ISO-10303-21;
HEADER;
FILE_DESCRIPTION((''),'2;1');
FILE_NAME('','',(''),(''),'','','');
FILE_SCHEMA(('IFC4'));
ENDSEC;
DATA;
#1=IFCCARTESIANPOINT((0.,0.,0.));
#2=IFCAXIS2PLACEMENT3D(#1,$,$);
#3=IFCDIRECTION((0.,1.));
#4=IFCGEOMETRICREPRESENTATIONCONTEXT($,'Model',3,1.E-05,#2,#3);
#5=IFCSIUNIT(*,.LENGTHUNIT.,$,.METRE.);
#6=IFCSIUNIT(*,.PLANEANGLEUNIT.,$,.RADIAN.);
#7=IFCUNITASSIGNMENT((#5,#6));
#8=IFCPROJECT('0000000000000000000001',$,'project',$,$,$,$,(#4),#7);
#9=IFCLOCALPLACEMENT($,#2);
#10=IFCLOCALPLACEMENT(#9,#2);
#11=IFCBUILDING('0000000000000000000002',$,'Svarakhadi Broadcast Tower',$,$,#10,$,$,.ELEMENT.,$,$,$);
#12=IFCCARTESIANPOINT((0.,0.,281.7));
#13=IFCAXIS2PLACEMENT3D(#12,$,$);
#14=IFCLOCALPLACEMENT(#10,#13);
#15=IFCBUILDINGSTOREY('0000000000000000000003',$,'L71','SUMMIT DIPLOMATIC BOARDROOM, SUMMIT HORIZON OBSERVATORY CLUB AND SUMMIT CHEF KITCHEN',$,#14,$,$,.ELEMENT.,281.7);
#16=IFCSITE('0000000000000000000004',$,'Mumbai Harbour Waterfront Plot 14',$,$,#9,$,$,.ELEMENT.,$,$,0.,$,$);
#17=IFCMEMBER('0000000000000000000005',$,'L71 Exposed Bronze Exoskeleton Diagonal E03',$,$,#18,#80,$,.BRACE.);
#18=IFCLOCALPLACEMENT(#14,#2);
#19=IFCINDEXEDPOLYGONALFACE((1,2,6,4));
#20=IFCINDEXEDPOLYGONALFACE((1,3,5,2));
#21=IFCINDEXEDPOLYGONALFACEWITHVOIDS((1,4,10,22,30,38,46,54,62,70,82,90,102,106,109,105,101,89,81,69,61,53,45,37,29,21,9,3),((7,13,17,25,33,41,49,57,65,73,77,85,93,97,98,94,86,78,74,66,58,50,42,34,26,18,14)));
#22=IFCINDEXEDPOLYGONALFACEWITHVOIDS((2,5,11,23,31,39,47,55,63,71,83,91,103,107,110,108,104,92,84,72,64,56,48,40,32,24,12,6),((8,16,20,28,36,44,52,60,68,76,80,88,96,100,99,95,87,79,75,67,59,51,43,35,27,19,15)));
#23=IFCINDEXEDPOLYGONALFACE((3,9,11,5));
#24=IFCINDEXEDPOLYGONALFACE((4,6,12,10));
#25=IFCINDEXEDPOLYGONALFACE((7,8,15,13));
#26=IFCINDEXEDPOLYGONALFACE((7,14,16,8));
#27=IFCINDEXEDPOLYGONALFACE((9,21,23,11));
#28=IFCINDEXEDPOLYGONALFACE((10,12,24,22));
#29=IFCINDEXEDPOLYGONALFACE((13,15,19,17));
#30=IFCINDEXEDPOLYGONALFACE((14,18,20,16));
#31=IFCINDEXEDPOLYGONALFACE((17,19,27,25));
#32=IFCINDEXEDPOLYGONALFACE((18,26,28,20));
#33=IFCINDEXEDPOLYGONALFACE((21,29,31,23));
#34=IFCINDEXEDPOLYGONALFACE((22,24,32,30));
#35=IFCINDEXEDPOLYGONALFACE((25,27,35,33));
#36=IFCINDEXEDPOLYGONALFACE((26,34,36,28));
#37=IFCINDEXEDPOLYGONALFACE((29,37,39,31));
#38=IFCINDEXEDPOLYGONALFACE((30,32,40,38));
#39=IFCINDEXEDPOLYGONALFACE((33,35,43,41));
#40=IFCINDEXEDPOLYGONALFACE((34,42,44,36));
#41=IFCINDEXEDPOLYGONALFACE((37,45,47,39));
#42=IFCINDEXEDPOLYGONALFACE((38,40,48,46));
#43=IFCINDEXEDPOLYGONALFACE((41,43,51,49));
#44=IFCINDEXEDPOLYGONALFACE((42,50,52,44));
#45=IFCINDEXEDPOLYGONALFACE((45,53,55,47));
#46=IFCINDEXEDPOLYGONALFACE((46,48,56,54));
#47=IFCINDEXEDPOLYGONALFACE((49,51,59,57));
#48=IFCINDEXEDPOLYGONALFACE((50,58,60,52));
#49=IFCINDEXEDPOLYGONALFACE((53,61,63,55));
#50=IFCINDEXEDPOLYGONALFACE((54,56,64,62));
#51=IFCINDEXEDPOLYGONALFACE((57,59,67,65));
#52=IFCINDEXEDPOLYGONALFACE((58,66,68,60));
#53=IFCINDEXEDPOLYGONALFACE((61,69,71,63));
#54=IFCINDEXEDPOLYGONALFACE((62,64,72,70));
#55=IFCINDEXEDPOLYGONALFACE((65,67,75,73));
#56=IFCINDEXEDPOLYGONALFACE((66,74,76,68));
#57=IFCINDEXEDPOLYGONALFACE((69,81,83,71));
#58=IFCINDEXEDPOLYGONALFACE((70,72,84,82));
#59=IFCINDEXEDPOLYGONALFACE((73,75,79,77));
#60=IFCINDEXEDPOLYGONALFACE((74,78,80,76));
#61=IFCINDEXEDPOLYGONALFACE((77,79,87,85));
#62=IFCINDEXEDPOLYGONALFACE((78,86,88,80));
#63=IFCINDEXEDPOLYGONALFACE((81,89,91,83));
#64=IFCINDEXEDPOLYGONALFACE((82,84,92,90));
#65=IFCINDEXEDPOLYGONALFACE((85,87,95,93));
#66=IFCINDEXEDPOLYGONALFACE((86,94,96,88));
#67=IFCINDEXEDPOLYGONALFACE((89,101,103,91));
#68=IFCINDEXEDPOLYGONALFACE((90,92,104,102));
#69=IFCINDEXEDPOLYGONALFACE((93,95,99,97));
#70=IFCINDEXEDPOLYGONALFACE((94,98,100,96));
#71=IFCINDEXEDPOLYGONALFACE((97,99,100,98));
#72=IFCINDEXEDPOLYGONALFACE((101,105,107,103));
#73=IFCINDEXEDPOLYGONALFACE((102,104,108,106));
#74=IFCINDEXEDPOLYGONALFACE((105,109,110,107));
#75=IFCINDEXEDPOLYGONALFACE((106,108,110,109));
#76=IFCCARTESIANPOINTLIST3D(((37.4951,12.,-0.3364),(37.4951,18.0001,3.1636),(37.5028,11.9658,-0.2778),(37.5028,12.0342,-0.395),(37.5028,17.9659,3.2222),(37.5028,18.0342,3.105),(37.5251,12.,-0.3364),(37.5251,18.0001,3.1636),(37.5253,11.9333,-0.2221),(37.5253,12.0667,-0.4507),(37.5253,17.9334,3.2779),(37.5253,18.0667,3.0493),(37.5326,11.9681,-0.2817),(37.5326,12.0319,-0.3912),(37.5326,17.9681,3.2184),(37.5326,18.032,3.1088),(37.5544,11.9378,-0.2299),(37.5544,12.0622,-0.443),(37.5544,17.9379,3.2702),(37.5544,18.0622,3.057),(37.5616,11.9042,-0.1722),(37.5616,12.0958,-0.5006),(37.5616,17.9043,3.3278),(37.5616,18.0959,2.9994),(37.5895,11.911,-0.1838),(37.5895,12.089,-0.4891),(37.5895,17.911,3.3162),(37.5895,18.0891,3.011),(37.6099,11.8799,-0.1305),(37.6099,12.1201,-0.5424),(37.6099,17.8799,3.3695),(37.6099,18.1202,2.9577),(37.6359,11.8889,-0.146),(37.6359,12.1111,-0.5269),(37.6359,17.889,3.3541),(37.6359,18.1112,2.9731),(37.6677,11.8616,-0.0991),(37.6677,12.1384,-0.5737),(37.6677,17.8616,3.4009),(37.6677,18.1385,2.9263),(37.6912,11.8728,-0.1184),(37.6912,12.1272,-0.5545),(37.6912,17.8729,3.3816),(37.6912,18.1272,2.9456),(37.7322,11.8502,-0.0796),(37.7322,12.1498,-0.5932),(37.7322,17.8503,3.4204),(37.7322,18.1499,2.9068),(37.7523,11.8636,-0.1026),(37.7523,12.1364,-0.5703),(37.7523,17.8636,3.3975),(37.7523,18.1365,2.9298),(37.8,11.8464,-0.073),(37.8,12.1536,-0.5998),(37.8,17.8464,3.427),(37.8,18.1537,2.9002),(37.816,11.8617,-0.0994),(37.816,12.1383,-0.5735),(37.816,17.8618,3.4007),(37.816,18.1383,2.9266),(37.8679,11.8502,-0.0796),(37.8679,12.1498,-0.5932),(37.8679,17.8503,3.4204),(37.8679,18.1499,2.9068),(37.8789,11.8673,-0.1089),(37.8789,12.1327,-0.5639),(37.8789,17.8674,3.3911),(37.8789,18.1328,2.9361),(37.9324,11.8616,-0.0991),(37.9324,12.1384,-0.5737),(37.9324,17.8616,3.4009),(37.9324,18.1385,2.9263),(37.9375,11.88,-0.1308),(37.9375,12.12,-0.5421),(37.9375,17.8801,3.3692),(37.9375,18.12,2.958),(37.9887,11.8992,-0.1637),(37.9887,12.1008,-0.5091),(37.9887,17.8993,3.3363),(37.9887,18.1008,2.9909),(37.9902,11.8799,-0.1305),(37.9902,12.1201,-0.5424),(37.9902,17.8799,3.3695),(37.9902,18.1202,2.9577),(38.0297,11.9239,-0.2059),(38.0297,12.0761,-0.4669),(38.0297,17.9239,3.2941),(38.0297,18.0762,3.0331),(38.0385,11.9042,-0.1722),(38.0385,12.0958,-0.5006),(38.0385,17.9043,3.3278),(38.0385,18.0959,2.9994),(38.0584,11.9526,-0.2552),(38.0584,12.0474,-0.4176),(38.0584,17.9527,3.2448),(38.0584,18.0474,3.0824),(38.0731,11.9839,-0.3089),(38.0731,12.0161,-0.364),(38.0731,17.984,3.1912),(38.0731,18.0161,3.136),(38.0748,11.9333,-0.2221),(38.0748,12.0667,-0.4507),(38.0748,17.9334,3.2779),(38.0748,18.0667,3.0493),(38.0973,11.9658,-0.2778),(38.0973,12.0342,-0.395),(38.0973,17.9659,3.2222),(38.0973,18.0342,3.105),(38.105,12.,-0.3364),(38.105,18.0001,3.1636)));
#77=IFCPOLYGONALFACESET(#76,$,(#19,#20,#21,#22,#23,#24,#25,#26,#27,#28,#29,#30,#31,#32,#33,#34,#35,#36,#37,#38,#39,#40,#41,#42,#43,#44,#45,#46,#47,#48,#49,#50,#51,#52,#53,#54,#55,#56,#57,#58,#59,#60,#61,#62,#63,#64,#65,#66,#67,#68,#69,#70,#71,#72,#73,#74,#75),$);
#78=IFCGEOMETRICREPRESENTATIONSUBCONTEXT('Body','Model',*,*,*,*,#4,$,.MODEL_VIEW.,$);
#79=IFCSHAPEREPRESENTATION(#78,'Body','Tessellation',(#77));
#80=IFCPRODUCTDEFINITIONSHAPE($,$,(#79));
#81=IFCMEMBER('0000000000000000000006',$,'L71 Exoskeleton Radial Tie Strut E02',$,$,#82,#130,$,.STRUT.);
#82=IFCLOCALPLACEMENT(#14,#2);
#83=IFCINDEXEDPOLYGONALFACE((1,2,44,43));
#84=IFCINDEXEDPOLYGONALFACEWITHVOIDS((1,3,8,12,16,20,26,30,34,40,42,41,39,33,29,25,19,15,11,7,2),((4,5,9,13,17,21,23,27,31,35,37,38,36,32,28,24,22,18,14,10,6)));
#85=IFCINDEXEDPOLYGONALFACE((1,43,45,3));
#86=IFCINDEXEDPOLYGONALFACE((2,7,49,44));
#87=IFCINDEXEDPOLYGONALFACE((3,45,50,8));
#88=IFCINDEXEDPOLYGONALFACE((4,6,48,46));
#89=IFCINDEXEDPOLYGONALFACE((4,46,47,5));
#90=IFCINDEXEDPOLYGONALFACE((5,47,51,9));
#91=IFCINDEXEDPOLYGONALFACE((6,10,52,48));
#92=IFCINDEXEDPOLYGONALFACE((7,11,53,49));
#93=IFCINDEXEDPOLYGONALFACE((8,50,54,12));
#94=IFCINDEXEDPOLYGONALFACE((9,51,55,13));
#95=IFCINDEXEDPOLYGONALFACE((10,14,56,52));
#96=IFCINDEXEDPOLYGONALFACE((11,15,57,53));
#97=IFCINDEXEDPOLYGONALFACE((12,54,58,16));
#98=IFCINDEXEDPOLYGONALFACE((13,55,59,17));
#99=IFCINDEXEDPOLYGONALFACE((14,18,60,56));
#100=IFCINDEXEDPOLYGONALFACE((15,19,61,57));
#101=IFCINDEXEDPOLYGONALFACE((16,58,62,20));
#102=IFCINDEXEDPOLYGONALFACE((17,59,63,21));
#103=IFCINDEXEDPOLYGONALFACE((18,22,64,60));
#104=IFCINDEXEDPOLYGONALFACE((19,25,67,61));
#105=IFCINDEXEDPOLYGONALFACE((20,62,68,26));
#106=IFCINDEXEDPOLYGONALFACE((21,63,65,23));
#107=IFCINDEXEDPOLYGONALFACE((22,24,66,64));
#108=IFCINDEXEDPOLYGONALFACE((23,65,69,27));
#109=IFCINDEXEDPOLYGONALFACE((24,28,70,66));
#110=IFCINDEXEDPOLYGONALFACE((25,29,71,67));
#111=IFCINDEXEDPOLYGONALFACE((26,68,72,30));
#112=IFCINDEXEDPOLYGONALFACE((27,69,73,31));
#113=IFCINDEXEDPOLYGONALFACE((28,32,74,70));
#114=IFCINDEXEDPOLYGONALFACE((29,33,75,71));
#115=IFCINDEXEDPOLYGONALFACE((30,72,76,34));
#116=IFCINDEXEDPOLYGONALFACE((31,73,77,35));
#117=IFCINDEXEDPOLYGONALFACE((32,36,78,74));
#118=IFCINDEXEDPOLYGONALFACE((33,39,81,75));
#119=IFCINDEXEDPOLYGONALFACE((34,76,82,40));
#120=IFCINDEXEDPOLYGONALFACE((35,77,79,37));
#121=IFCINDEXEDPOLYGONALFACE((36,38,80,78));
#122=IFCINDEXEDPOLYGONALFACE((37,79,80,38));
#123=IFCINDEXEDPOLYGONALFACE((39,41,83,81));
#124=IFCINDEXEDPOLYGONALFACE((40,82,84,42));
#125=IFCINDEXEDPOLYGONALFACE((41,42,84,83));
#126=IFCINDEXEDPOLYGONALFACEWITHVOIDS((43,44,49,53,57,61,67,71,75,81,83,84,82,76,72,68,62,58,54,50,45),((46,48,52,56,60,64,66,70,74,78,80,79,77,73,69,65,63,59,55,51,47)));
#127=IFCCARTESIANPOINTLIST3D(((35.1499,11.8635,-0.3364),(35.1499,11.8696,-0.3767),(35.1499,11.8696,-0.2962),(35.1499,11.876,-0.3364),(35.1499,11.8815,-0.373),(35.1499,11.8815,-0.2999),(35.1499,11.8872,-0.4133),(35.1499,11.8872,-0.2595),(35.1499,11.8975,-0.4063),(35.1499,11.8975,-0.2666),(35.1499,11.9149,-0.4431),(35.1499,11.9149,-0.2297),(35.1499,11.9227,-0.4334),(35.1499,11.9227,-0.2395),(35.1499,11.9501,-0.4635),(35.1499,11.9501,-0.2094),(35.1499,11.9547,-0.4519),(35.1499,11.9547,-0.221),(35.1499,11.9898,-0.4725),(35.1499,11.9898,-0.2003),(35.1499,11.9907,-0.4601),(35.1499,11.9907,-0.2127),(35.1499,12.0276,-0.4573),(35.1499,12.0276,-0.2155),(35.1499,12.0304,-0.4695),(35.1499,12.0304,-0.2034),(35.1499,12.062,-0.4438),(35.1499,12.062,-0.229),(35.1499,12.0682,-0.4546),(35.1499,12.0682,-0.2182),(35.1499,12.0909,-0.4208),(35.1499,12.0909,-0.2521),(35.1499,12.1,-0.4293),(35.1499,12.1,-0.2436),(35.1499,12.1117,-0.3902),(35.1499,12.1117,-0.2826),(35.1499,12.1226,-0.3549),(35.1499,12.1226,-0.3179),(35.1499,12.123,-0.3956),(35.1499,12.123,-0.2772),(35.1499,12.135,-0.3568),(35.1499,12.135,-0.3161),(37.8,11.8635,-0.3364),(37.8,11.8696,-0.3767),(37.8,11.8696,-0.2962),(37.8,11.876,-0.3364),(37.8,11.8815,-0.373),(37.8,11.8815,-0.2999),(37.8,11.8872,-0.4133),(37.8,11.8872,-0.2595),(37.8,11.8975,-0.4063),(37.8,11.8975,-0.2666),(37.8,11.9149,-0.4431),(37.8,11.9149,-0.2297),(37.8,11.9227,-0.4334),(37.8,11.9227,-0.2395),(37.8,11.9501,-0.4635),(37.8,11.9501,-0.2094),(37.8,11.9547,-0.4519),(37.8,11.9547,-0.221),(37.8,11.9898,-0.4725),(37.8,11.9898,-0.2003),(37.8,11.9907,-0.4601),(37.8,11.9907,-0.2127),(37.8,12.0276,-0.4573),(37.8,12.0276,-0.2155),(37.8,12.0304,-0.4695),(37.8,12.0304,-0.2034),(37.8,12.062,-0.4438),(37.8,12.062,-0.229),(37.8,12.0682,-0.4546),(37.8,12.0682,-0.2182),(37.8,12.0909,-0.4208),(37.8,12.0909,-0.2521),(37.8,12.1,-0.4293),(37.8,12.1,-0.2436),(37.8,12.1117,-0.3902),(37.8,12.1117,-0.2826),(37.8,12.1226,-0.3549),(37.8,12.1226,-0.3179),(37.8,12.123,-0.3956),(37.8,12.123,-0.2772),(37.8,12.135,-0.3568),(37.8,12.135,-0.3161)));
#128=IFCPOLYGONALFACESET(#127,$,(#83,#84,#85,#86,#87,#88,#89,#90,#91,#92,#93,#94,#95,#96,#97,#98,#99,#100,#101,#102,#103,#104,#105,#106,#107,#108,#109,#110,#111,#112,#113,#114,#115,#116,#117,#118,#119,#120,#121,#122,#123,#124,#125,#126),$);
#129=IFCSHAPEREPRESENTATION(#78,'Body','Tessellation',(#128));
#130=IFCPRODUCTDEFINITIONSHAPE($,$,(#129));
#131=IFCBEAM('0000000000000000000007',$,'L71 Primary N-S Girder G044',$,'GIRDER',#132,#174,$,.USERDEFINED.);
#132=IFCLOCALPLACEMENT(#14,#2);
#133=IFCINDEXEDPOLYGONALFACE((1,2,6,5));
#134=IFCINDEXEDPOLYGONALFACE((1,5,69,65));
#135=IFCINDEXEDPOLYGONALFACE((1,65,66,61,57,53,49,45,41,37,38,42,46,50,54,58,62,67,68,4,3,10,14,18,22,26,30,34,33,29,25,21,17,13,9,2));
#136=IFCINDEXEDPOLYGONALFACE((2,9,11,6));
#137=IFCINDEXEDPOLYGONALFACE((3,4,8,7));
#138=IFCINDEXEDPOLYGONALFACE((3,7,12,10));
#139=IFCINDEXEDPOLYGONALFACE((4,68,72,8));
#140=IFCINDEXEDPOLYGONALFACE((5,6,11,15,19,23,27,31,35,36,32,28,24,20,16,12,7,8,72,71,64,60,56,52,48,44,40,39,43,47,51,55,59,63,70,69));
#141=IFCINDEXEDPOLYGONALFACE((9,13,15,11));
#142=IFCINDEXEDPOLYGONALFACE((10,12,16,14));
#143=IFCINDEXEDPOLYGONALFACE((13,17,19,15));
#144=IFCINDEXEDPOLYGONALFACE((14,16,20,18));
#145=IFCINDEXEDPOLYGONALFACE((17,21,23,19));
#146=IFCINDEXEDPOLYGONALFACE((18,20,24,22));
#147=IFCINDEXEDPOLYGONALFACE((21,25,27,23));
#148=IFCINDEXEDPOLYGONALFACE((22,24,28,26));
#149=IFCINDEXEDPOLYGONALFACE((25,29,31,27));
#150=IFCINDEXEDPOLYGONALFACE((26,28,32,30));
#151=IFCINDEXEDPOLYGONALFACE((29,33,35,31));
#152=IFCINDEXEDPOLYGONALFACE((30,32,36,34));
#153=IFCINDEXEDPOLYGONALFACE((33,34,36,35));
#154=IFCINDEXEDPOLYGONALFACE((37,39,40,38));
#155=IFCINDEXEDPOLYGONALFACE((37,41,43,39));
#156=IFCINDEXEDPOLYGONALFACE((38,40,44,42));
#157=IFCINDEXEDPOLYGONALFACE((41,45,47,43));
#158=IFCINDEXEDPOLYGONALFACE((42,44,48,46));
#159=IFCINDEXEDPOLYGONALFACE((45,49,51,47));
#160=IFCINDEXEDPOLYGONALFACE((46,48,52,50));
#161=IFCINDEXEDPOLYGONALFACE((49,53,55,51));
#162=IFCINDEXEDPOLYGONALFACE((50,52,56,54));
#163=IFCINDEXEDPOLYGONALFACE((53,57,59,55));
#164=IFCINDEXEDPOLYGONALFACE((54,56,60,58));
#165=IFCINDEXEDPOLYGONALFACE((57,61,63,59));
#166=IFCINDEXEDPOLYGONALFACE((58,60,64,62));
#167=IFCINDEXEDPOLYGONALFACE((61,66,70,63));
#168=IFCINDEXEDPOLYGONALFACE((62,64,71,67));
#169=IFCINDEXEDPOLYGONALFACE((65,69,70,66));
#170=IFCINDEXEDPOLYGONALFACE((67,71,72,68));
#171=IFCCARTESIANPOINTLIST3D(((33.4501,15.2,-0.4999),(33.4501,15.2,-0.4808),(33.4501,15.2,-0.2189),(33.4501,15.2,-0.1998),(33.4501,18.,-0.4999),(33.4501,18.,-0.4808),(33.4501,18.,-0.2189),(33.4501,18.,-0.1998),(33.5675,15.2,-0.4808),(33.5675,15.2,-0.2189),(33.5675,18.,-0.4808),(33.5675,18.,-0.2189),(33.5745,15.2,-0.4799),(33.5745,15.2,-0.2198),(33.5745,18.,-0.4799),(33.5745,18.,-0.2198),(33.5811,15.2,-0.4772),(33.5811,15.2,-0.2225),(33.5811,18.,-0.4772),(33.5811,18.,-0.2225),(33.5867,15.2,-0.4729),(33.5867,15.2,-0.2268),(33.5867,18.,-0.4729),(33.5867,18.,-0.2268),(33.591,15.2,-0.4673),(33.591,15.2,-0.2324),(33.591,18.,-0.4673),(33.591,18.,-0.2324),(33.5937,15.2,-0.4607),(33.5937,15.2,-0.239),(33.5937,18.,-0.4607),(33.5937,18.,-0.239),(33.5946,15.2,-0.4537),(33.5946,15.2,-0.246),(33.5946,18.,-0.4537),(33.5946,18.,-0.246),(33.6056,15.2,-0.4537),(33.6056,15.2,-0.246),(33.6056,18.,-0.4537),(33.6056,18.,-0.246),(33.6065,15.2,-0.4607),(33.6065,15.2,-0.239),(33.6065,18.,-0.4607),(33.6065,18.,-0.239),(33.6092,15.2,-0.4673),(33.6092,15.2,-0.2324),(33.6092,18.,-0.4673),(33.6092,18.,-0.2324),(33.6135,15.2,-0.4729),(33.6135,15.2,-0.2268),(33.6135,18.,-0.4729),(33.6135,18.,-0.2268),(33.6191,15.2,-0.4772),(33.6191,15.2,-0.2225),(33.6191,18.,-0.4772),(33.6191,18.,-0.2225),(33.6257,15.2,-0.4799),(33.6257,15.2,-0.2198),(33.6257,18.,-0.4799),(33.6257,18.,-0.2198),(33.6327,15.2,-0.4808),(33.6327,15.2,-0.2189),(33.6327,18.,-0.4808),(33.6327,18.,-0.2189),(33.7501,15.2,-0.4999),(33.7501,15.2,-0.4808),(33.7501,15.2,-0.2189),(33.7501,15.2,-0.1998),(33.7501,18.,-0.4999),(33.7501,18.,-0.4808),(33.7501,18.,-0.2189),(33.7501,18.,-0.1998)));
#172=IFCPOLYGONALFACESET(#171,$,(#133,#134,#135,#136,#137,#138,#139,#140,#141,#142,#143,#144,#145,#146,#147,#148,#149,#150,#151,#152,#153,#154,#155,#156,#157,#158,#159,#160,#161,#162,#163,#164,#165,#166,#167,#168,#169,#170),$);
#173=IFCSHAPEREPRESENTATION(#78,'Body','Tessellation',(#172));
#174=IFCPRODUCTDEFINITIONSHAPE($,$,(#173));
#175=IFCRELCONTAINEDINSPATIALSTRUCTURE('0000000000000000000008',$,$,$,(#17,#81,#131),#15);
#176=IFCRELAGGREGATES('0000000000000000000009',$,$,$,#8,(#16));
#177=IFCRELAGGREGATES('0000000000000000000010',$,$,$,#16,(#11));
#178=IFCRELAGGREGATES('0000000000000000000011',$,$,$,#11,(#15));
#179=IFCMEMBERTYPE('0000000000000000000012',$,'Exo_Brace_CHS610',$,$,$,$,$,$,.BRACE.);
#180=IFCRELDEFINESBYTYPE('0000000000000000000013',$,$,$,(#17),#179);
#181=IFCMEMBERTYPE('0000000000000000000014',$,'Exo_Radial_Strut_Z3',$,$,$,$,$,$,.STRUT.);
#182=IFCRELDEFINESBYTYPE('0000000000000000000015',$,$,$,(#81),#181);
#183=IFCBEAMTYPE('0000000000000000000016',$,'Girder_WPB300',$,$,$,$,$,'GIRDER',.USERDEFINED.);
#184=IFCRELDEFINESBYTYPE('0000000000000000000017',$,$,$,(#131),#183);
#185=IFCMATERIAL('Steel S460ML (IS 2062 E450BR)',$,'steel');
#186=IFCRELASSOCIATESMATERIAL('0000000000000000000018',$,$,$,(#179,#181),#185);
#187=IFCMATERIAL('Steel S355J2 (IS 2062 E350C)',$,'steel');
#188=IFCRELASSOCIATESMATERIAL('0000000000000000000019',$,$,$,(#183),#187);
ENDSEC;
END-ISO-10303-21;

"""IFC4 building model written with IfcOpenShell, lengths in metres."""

from ifc_helpers import new_model, si_unit, direction, frame, origin, origin_2d, place, context, subcontext, project, spatial, hollow_circle, i_section, extrude, material, material_profile, profile_set, type_object, element, save


model = new_model("IFC4")

# Units and contexts
model_context = context("Model", 3, precision=1e-05, world=origin(), true_north=direction((0.0, 1.0)))
body_context = subcontext(model_context, "Body", "Model", "MODEL_VIEW")
ifc_project = project(units=[si_unit("LENGTHUNIT", "METRE"), si_unit("PLANEANGLEUNIT", "RADIAN")], contexts=[model_context])

# Site, building, storey
site_placement = place(None, origin())
site = spatial("IfcSite", under=ifc_project, at=site_placement, Name="Mumbai Harbour Waterfront Plot 14", CompositionType="ELEMENT", RefElevation=0.0)
building_placement = place(site_placement, origin())
building = spatial("IfcBuilding", under=site, at=building_placement, Name="Svarakhadi Broadcast Tower", CompositionType="ELEMENT")
storey_placement = place(building_placement, frame((0.0, 0.0, 281.7)))
storey = spatial("IfcBuildingStorey", under=building, at=storey_placement, Name="L71", Description="SUMMIT DIPLOMATIC BOARDROOM, SUMMIT HORIZON OBSERVATORY CLUB AND SUMMIT CHEF KITCHEN", CompositionType="ELEMENT", Elevation=281.7)

# Shared definitions
ifc_material_1 = material(Name="Steel S460ML (IS 2062 E450BR)", Category="steel")

# Members
ifc_material_profile_1 = material_profile(ifc_material_1, hollow_circle(Radius=0.3049, WallThickness=0.03, at=origin_2d()), Name="CHS 610x30")
ifc_profile_set_1 = profile_set([ifc_material_profile_1], Name="Steel S460ML (IS 2062 E450BR)")
member_type_1 = type_object("IfcMemberType", Name="Exo_Brace_CHS610", PredefinedType="BRACE", material=ifc_profile_set_1)
for number, where, z_axis, x_axis, name in (
    (1, (37.8, 12.0, -0.3364), (0.0, 0.863779, 0.503871), (-1.0, 0.0, 0.0), "L71 Exposed Bronze Exoskeleton Diagonal E03"),
):
    element("IfcMember", number, at=place(storey_placement, frame(where, z_axis=z_axis, x_axis=x_axis)), inside=storey, type_object=member_type_1, Name=name, PredefinedType="BRACE", context=body_context, shape_type="SweptSolid", body=[
        extrude(hollow_circle(Radius=0.3049, WallThickness=0.03, at=origin_2d()), origin(), (0.0, 0.0, 1.0), 6.9463),
    ])
ifc_material_profile_2 = material_profile(ifc_material_1, hollow_circle(Radius=0.1365, WallThickness=0.0125, at=origin_2d()), Name="CHS 273x12.5")
ifc_profile_set_2 = profile_set([ifc_material_profile_2], Name="Steel S460ML (IS 2062 E450BR)")
member_type_2 = type_object("IfcMemberType", Name="Exo_Radial_Strut_Z3", PredefinedType="STRUT", material=ifc_profile_set_2)
member_1_placement = place(storey_placement, frame((37.8, 12.0, -0.3364), z_axis=(-1.0, 0.0, 0.0), x_axis=(0.0, -1.0, 0.0)))
element("IfcMember", 2, at=member_1_placement, inside=storey, type_object=member_type_2, Name="L71 Exoskeleton Radial Tie Strut E02", PredefinedType="STRUT", context=body_context, shape_type="SweptSolid", body=[
    extrude(hollow_circle(Radius=0.1365, WallThickness=0.0125, at=origin_2d()), origin(), (0.0, 0.0, 1.0), 2.6501),
])

# Beam
ifc_material_2 = material(Name="Steel S355J2 (IS 2062 E350C)", Category="steel")
ifc_material_profile_3 = material_profile(ifc_material_2, i_section(OverallWidth=0.3, OverallDepth=0.3, WebThickness=0.011, FlangeThickness=0.019, FilletRadius=0.0271, at=origin_2d()), Name="WPB 300x300x117")
ifc_profile_set_3 = profile_set([ifc_material_profile_3], Name="Steel S355J2 (IS 2062 E350C)")
beam_type = type_object("IfcBeamType", Name="Girder_WPB300", ElementType="GIRDER", PredefinedType="USERDEFINED", material=ifc_profile_set_3)
beam_1_placement = place(storey_placement, frame((33.6001, 15.2, -0.3499), z_axis=(0.0, 1.0, 0.0), x_axis=(-1.0, 0.0, 0.0)))
element("IfcBeam", 3, at=beam_1_placement, inside=storey, type_object=beam_type, Name="L71 Primary N-S Girder G044", ObjectType="GIRDER", PredefinedType="USERDEFINED", context=body_context, shape_type="SweptSolid", body=[
    extrude(i_section(OverallWidth=0.3, OverallDepth=0.3, WebThickness=0.011, FlangeThickness=0.019, FilletRadius=0.0271, at=origin_2d()), origin(), (0.0, 0.0, 1.0), 2.8),
])

save(model, "model.ifc")
